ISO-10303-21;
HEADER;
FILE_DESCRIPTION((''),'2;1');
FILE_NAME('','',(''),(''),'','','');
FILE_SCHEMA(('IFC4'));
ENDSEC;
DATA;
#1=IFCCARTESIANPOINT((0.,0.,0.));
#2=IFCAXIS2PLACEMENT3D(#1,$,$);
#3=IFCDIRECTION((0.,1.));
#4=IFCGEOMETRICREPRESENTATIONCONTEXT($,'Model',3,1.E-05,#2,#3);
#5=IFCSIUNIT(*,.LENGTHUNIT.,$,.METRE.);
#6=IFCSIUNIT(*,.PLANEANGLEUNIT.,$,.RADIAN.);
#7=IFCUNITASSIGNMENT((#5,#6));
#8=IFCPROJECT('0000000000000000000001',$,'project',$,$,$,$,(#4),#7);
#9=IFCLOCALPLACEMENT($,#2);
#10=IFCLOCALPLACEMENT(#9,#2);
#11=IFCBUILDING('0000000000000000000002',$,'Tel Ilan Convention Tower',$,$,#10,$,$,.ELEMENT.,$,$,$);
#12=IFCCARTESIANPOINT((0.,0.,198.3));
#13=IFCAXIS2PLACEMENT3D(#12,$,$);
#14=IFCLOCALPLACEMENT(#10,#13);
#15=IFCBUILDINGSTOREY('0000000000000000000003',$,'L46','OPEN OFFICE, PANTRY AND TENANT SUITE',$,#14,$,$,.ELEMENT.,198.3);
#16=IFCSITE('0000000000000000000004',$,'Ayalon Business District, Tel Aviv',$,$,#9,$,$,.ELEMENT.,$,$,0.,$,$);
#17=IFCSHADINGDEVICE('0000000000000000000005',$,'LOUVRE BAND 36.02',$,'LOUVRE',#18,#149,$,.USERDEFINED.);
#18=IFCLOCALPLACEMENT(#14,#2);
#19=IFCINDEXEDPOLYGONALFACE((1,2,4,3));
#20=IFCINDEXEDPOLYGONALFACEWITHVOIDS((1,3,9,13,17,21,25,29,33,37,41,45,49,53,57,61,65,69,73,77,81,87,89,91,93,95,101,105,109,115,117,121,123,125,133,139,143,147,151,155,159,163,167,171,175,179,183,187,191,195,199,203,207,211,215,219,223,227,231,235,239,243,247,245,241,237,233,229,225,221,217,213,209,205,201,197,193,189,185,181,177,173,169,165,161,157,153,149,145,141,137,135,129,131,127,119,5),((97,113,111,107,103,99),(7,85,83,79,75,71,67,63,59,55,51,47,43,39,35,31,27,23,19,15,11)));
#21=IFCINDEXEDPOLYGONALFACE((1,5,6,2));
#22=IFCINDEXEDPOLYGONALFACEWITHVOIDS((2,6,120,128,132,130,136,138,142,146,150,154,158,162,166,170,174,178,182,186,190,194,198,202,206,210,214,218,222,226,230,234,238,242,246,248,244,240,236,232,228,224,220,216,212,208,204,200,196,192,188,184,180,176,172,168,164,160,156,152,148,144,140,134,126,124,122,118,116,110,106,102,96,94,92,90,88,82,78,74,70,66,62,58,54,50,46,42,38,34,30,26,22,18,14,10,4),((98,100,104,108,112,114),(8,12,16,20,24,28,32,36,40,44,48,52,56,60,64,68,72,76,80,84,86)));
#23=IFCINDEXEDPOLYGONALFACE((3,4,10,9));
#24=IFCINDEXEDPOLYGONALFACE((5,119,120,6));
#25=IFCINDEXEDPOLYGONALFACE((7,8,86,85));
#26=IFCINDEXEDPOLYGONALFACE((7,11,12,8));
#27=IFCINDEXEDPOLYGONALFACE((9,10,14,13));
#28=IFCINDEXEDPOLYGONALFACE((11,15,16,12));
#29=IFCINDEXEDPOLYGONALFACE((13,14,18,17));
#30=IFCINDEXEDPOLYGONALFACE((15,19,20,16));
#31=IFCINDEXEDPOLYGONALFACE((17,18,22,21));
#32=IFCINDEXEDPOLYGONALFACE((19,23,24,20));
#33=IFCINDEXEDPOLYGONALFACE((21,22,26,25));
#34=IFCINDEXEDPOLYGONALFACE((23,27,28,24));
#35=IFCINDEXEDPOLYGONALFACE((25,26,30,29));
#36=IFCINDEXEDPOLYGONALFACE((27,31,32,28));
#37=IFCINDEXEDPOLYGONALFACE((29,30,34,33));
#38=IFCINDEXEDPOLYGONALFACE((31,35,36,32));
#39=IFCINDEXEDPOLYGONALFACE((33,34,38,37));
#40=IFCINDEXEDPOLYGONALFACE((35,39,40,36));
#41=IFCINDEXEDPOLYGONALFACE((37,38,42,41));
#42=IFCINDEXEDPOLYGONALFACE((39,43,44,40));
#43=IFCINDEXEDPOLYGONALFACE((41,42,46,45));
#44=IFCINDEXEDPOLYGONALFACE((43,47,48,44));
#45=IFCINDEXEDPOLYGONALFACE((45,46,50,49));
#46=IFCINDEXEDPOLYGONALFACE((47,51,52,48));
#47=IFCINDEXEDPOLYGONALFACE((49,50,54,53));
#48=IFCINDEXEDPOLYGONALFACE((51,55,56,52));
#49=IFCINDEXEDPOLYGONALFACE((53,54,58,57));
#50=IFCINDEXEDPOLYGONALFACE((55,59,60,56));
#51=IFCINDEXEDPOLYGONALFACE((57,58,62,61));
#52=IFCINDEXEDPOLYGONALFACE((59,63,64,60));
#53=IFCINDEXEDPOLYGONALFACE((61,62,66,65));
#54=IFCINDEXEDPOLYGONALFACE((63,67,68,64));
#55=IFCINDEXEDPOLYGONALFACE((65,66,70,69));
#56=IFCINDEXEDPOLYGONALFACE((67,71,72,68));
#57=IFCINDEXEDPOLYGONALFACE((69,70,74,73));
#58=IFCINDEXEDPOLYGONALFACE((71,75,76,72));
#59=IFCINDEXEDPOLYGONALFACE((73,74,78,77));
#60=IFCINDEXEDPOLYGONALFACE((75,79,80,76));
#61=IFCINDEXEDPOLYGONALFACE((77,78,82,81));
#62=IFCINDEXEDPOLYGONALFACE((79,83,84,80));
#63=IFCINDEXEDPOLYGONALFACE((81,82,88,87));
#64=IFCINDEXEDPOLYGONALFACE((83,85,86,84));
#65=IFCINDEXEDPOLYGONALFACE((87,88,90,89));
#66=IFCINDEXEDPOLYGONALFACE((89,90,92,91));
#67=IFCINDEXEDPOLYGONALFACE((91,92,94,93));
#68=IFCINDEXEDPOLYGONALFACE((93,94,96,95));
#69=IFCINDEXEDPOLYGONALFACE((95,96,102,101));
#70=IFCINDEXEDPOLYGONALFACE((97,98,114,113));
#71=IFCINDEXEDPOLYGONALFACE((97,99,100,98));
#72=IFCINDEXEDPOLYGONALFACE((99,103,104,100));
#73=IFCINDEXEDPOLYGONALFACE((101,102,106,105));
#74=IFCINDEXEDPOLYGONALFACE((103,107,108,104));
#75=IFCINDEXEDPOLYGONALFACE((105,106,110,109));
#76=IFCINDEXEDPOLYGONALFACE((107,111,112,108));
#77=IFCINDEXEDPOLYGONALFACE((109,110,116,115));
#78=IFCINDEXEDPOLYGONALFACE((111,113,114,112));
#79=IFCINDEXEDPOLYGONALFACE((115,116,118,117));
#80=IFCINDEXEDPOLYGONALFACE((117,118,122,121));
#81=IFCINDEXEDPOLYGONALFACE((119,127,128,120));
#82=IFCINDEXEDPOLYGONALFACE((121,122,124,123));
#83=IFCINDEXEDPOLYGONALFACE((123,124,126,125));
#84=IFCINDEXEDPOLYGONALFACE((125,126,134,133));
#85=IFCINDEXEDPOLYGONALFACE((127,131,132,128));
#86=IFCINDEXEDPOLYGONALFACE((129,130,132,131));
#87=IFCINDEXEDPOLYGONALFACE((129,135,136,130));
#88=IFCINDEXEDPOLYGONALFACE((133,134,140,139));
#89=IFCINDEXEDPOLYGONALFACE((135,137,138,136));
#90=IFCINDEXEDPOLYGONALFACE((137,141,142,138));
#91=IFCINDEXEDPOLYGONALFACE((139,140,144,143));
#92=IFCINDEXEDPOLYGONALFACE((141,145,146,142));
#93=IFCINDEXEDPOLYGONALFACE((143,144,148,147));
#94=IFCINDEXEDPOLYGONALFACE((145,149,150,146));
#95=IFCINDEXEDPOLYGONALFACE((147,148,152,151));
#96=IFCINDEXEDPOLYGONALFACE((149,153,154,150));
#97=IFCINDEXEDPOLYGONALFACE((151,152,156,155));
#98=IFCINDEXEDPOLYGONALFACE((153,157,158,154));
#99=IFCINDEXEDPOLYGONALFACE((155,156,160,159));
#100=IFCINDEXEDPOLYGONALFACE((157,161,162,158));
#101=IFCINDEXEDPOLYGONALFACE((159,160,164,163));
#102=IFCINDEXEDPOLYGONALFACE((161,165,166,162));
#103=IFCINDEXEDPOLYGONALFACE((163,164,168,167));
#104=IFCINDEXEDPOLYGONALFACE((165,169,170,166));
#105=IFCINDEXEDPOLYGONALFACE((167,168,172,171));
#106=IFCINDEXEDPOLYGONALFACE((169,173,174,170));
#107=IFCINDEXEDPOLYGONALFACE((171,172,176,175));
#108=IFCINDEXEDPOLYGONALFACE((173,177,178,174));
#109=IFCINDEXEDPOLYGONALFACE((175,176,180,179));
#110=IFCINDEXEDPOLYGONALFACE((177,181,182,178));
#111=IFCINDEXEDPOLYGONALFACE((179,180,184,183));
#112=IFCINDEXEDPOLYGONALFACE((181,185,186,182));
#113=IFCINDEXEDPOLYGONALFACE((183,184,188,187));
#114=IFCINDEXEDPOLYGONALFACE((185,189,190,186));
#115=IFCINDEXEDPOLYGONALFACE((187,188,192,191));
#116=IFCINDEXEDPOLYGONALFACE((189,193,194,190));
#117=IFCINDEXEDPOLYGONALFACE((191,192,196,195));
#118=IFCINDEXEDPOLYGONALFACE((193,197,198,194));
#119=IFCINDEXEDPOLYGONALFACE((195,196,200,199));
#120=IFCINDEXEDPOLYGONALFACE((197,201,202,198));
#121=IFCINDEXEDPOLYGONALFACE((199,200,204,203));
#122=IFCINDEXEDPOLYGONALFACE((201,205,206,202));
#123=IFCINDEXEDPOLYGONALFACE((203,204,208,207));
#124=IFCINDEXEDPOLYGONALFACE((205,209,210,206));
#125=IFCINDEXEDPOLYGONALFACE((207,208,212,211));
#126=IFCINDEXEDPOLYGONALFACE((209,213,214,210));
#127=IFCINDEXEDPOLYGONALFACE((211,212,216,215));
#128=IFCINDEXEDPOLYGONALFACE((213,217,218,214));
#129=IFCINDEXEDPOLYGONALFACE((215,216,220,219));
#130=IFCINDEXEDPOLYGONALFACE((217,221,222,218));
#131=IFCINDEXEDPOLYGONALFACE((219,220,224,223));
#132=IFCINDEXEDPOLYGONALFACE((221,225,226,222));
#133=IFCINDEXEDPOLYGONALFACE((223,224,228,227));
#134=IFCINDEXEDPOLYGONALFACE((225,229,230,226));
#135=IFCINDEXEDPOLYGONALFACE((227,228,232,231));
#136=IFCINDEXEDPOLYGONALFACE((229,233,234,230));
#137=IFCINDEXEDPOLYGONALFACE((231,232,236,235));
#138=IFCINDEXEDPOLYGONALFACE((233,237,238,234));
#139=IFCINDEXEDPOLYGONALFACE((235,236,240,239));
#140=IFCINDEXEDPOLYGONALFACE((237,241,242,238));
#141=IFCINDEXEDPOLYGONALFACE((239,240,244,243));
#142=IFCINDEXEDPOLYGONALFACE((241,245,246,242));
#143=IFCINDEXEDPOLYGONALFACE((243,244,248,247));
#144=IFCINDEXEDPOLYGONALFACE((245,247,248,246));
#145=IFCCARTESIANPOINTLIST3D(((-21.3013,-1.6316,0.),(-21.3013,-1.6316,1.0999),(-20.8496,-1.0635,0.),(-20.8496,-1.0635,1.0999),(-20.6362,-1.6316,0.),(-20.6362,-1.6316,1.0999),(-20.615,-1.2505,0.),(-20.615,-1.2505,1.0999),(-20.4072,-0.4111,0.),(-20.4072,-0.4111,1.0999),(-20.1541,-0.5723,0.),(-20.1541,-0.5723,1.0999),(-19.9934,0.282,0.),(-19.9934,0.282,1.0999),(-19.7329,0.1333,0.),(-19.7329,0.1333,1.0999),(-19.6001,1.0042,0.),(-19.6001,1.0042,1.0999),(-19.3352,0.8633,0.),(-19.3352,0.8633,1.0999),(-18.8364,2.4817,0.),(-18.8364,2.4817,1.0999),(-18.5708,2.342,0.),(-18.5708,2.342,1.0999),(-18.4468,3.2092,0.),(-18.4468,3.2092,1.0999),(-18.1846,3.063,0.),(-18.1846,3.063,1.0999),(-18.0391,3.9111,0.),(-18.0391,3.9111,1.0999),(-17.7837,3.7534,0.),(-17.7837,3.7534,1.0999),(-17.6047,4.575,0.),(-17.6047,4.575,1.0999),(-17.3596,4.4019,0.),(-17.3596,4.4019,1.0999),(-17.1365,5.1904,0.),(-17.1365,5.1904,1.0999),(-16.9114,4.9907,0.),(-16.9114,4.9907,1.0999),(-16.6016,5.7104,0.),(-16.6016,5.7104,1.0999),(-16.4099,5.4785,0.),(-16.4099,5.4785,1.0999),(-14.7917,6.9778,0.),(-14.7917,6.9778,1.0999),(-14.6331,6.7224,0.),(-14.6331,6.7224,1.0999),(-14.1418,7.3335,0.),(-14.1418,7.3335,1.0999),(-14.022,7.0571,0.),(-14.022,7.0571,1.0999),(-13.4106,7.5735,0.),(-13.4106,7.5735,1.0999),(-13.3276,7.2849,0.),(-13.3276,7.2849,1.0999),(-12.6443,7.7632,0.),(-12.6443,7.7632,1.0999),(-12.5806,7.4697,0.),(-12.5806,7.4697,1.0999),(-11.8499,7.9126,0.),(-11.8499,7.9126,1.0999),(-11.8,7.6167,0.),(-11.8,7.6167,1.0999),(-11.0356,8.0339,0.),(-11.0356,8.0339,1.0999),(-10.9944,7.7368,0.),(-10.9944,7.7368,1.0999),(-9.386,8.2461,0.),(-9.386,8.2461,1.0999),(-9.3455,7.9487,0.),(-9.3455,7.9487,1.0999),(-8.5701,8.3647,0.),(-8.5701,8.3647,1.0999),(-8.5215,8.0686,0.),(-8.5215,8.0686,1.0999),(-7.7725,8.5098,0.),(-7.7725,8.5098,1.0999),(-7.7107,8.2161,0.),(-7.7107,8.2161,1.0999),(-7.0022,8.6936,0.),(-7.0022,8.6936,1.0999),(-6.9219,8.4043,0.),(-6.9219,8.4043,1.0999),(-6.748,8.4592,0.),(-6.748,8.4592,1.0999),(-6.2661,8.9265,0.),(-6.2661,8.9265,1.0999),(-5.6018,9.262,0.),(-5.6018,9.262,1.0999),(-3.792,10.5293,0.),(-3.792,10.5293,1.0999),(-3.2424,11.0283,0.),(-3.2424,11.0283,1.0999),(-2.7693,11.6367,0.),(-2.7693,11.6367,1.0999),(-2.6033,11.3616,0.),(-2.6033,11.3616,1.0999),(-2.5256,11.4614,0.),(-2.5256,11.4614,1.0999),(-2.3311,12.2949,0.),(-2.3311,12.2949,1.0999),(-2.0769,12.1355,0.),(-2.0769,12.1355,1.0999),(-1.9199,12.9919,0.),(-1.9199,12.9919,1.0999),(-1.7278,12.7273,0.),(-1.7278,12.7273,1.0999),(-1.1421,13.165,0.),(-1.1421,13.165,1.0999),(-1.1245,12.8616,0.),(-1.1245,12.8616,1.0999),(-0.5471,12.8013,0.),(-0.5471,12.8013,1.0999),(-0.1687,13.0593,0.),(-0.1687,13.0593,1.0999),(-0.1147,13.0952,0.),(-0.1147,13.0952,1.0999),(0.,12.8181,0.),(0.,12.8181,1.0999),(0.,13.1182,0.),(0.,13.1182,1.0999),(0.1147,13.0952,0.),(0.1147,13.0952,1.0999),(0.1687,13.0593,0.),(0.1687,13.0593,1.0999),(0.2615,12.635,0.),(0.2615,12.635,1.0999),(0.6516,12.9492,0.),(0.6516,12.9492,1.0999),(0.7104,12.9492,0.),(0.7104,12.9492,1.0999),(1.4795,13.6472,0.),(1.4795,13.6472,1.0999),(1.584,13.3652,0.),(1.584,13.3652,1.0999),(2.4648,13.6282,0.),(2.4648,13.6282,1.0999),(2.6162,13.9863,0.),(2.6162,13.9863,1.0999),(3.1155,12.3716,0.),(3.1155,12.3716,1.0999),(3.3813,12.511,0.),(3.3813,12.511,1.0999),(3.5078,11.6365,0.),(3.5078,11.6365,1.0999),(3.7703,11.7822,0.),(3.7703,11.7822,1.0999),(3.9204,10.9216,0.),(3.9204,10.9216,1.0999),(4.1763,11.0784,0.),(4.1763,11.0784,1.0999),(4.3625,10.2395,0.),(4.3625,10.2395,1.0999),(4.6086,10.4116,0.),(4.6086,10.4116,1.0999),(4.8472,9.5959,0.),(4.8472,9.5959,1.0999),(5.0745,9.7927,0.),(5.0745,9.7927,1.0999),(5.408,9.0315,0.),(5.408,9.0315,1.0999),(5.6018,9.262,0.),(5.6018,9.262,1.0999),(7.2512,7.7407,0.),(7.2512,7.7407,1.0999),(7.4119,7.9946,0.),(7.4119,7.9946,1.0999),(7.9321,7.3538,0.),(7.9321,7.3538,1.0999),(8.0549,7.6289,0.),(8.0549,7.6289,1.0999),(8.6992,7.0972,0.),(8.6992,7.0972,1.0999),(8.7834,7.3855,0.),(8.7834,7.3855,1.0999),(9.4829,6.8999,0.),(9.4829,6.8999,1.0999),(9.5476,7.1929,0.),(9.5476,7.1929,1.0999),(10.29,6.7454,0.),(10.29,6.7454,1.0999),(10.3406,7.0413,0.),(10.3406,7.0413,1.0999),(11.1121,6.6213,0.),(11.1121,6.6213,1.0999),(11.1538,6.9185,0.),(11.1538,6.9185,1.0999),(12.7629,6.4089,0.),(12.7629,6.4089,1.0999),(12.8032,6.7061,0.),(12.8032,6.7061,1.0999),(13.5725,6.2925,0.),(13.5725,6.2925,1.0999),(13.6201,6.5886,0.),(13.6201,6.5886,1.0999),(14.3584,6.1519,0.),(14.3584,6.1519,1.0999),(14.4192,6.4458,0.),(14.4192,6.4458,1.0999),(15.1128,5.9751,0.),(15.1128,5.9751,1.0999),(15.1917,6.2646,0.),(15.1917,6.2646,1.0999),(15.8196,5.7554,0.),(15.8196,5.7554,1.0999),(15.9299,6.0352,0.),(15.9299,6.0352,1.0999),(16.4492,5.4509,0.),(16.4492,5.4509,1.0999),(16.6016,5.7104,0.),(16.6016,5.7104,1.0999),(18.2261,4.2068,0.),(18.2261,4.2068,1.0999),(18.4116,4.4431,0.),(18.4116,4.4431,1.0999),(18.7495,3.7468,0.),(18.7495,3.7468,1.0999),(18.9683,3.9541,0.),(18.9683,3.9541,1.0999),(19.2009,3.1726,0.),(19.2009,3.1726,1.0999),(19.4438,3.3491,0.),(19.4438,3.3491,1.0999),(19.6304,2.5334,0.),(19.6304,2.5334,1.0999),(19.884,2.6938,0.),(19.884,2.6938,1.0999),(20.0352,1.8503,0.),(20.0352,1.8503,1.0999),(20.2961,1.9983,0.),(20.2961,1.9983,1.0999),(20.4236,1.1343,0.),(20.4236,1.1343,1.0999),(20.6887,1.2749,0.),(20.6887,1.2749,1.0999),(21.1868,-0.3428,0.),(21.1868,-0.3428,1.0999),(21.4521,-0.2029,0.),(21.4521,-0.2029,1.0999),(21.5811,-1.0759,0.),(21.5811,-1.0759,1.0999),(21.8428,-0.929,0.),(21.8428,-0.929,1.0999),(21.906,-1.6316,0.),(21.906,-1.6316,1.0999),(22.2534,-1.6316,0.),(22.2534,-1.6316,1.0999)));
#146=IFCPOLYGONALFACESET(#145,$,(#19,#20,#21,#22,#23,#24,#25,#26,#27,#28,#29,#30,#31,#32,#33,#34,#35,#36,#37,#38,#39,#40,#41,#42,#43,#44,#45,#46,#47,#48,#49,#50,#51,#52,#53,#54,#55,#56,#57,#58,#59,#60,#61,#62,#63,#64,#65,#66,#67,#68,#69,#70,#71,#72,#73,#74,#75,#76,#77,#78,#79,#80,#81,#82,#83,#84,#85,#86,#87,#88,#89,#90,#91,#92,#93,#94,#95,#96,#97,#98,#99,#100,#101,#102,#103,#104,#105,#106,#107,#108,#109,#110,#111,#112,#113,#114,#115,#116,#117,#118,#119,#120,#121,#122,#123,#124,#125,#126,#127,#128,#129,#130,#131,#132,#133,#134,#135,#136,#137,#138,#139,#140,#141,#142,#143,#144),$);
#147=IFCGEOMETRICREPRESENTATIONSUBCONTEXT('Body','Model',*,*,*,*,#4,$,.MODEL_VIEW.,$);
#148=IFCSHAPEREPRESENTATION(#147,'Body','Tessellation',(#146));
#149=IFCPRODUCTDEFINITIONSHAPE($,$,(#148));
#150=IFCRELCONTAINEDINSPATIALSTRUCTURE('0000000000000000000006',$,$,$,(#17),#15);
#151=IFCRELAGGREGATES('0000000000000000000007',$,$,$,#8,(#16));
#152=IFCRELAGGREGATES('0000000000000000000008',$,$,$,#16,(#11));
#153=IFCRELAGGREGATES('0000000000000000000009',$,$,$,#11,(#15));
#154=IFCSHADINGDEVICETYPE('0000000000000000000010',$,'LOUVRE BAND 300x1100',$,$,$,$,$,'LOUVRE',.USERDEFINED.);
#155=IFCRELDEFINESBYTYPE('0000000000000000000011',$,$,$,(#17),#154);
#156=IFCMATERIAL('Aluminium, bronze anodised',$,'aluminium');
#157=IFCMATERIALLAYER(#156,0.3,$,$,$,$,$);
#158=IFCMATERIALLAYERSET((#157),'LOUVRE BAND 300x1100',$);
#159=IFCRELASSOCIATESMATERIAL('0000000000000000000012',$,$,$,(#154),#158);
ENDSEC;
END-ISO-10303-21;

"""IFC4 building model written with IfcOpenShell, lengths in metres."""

from ifc_helpers import new_model, si_unit, direction, frame, origin, place, context, subcontext, project, spatial, polyline, outline, extrude, material, layer, layer_set, type_object, element, save


model = new_model("IFC4")

# Units and contexts
model_context = context("Model", 3, precision=1e-05, world=origin(), true_north=direction((0.0, 1.0)))
body_context = subcontext(model_context, "Body", "Model", "MODEL_VIEW")
ifc_project = project(units=[si_unit("LENGTHUNIT", "METRE"), si_unit("PLANEANGLEUNIT", "RADIAN")], contexts=[model_context])

# Site, building, storey
site_placement = place(None, origin())
site = spatial("IfcSite", under=ifc_project, at=site_placement, Name="Ayalon Business District, Tel Aviv", CompositionType="ELEMENT", RefElevation=0.0)
building_placement = place(site_placement, origin())
building = spatial("IfcBuilding", under=site, at=building_placement, Name="Tel Ilan Convention Tower", CompositionType="ELEMENT")
storey_placement = place(building_placement, frame((0.0, 0.0, 198.3)))
storey = spatial("IfcBuildingStorey", under=building, at=storey_placement, Name="L46", Description="OPEN OFFICE, PANTRY AND TENANT SUITE", CompositionType="ELEMENT", Elevation=198.3)

# Shading device
ifc_material_1 = material(Name="Aluminium, bronze anodised", Category="aluminium")
ifc_layer_1 = layer(ifc_material_1, 0.3)
ifc_layer_set_1 = layer_set([ifc_layer_1], Name="LOUVRE BAND 300x1100")
shading_device_type_1 = type_object("IfcShadingDeviceType", Name="LOUVRE BAND 300x1100", ElementType="LOUVRE", PredefinedType="USERDEFINED", material=ifc_layer_set_1)
shading_device_1_placement = place(storey_placement, origin())
element("IfcShadingDevice", 1, at=shading_device_1_placement, inside=storey, type_object=shading_device_type_1, Name="LOUVRE BAND 36.02", ObjectType="LOUVRE", PredefinedType="USERDEFINED", context=body_context, shape_type="SweptSolid", body=[
    extrude(outline(polyline([(-20.8496, -1.0635), (-21.3013, -1.6316), (-20.6362, -1.6316), (0.0, 12.8181), (0.2615, 12.635), (0.7104, 12.9492), (0.6516, 12.9492), (1.584, 13.3652), (2.4648, 13.6282), (3.1155, 12.3716), (3.5078, 11.6365), (3.9204, 10.9216), (4.3625, 10.2395), (4.8472, 9.5959), (5.408, 9.0315), (7.2512, 7.7407), (7.9321, 7.3538), (8.6992, 7.0972), (9.4829, 6.8999), (10.29, 6.7454), (11.1121, 6.6213), (12.7629, 6.4089), (13.5725, 6.2925), (14.3584, 6.1519), (15.1128, 5.9751), (15.8196, 5.7554), (16.4492, 5.4509), (18.2261, 4.2068), (18.7495, 3.7468), (19.2009, 3.1726), (19.6304, 2.5334), (20.0352, 1.8503), (20.4236, 1.1343), (21.1868, -0.3428), (21.5811, -1.0759), (21.906, -1.6316), (22.2534, -1.6316), (21.8428, -0.929), (21.4521, -0.2029), (20.6887, 1.2749), (20.2961, 1.9983), (19.884, 2.6938), (19.4438, 3.3491), (18.9683, 3.9541), (18.4116, 4.4431), (16.6016, 5.7104), (15.9299, 6.0352), (15.1917, 6.2646), (14.4192, 6.4458), (13.6201, 6.5886), (12.8032, 6.7061), (11.1538, 6.9185), (10.3406, 7.0413), (9.5476, 7.1929), (8.7834, 7.3855), (8.0549, 7.6289), (7.4119, 7.9946), (5.6018, 9.262), (5.0745, 9.7927), (4.6086, 10.4116), (4.1763, 11.0784), (3.7703, 11.7822), (3.3813, 12.511), (2.6162, 13.9863), (1.4795, 13.6472), (0.1687, 13.0593), (0.1147, 13.0952), (0.0, 13.1182), (-0.1147, 13.0952), (-0.1687, 13.0593), (-1.1421, 13.165), (-1.9199, 12.9919), (-2.3311, 12.2949), (-2.7693, 11.6367), (-3.2424, 11.0283), (-3.792, 10.5293), (-5.6018, 9.262), (-6.2661, 8.9265), (-7.0022, 8.6936), (-7.7725, 8.5098), (-8.5701, 8.3647), (-9.386, 8.2461), (-11.0356, 8.0339), (-11.8499, 7.9126), (-12.6443, 7.7632), (-13.4106, 7.5735), (-14.1418, 7.3335), (-14.7917, 6.9778), (-16.6016, 5.7104), (-17.1365, 5.1904), (-17.6047, 4.575), (-18.0391, 3.9111), (-18.4468, 3.2092), (-18.8364, 2.4817), (-19.6001, 1.0042), (-19.9934, 0.282), (-20.4072, -0.4111), (-20.8496, -1.0635)]), holes=[polyline([(-2.6033, 11.3616), (-2.5256, 11.4614), (-2.0769, 12.1355), (-1.7278, 12.7273), (-1.1245, 12.8616), (-0.5471, 12.8013), (-2.6033, 11.3616)]), polyline([(-20.615, -1.2505), (-20.1541, -0.5723), (-19.7329, 0.1333), (-19.3352, 0.8633), (-18.5708, 2.342), (-18.1846, 3.063), (-17.7837, 3.7534), (-17.3596, 4.4019), (-16.9114, 4.9907), (-16.4099, 5.4785), (-14.6331, 6.7224), (-14.022, 7.0571), (-13.3276, 7.2849), (-12.5806, 7.4697), (-11.8, 7.6167), (-10.9944, 7.7368), (-9.3455, 7.9487), (-8.5215, 8.0686), (-7.7107, 8.2161), (-6.9219, 8.4043), (-6.748, 8.4592), (-20.615, -1.2505)])]), origin(), (0.0, 0.0, 1.0), 1.0999),
])

save(model, "model.ifc")
